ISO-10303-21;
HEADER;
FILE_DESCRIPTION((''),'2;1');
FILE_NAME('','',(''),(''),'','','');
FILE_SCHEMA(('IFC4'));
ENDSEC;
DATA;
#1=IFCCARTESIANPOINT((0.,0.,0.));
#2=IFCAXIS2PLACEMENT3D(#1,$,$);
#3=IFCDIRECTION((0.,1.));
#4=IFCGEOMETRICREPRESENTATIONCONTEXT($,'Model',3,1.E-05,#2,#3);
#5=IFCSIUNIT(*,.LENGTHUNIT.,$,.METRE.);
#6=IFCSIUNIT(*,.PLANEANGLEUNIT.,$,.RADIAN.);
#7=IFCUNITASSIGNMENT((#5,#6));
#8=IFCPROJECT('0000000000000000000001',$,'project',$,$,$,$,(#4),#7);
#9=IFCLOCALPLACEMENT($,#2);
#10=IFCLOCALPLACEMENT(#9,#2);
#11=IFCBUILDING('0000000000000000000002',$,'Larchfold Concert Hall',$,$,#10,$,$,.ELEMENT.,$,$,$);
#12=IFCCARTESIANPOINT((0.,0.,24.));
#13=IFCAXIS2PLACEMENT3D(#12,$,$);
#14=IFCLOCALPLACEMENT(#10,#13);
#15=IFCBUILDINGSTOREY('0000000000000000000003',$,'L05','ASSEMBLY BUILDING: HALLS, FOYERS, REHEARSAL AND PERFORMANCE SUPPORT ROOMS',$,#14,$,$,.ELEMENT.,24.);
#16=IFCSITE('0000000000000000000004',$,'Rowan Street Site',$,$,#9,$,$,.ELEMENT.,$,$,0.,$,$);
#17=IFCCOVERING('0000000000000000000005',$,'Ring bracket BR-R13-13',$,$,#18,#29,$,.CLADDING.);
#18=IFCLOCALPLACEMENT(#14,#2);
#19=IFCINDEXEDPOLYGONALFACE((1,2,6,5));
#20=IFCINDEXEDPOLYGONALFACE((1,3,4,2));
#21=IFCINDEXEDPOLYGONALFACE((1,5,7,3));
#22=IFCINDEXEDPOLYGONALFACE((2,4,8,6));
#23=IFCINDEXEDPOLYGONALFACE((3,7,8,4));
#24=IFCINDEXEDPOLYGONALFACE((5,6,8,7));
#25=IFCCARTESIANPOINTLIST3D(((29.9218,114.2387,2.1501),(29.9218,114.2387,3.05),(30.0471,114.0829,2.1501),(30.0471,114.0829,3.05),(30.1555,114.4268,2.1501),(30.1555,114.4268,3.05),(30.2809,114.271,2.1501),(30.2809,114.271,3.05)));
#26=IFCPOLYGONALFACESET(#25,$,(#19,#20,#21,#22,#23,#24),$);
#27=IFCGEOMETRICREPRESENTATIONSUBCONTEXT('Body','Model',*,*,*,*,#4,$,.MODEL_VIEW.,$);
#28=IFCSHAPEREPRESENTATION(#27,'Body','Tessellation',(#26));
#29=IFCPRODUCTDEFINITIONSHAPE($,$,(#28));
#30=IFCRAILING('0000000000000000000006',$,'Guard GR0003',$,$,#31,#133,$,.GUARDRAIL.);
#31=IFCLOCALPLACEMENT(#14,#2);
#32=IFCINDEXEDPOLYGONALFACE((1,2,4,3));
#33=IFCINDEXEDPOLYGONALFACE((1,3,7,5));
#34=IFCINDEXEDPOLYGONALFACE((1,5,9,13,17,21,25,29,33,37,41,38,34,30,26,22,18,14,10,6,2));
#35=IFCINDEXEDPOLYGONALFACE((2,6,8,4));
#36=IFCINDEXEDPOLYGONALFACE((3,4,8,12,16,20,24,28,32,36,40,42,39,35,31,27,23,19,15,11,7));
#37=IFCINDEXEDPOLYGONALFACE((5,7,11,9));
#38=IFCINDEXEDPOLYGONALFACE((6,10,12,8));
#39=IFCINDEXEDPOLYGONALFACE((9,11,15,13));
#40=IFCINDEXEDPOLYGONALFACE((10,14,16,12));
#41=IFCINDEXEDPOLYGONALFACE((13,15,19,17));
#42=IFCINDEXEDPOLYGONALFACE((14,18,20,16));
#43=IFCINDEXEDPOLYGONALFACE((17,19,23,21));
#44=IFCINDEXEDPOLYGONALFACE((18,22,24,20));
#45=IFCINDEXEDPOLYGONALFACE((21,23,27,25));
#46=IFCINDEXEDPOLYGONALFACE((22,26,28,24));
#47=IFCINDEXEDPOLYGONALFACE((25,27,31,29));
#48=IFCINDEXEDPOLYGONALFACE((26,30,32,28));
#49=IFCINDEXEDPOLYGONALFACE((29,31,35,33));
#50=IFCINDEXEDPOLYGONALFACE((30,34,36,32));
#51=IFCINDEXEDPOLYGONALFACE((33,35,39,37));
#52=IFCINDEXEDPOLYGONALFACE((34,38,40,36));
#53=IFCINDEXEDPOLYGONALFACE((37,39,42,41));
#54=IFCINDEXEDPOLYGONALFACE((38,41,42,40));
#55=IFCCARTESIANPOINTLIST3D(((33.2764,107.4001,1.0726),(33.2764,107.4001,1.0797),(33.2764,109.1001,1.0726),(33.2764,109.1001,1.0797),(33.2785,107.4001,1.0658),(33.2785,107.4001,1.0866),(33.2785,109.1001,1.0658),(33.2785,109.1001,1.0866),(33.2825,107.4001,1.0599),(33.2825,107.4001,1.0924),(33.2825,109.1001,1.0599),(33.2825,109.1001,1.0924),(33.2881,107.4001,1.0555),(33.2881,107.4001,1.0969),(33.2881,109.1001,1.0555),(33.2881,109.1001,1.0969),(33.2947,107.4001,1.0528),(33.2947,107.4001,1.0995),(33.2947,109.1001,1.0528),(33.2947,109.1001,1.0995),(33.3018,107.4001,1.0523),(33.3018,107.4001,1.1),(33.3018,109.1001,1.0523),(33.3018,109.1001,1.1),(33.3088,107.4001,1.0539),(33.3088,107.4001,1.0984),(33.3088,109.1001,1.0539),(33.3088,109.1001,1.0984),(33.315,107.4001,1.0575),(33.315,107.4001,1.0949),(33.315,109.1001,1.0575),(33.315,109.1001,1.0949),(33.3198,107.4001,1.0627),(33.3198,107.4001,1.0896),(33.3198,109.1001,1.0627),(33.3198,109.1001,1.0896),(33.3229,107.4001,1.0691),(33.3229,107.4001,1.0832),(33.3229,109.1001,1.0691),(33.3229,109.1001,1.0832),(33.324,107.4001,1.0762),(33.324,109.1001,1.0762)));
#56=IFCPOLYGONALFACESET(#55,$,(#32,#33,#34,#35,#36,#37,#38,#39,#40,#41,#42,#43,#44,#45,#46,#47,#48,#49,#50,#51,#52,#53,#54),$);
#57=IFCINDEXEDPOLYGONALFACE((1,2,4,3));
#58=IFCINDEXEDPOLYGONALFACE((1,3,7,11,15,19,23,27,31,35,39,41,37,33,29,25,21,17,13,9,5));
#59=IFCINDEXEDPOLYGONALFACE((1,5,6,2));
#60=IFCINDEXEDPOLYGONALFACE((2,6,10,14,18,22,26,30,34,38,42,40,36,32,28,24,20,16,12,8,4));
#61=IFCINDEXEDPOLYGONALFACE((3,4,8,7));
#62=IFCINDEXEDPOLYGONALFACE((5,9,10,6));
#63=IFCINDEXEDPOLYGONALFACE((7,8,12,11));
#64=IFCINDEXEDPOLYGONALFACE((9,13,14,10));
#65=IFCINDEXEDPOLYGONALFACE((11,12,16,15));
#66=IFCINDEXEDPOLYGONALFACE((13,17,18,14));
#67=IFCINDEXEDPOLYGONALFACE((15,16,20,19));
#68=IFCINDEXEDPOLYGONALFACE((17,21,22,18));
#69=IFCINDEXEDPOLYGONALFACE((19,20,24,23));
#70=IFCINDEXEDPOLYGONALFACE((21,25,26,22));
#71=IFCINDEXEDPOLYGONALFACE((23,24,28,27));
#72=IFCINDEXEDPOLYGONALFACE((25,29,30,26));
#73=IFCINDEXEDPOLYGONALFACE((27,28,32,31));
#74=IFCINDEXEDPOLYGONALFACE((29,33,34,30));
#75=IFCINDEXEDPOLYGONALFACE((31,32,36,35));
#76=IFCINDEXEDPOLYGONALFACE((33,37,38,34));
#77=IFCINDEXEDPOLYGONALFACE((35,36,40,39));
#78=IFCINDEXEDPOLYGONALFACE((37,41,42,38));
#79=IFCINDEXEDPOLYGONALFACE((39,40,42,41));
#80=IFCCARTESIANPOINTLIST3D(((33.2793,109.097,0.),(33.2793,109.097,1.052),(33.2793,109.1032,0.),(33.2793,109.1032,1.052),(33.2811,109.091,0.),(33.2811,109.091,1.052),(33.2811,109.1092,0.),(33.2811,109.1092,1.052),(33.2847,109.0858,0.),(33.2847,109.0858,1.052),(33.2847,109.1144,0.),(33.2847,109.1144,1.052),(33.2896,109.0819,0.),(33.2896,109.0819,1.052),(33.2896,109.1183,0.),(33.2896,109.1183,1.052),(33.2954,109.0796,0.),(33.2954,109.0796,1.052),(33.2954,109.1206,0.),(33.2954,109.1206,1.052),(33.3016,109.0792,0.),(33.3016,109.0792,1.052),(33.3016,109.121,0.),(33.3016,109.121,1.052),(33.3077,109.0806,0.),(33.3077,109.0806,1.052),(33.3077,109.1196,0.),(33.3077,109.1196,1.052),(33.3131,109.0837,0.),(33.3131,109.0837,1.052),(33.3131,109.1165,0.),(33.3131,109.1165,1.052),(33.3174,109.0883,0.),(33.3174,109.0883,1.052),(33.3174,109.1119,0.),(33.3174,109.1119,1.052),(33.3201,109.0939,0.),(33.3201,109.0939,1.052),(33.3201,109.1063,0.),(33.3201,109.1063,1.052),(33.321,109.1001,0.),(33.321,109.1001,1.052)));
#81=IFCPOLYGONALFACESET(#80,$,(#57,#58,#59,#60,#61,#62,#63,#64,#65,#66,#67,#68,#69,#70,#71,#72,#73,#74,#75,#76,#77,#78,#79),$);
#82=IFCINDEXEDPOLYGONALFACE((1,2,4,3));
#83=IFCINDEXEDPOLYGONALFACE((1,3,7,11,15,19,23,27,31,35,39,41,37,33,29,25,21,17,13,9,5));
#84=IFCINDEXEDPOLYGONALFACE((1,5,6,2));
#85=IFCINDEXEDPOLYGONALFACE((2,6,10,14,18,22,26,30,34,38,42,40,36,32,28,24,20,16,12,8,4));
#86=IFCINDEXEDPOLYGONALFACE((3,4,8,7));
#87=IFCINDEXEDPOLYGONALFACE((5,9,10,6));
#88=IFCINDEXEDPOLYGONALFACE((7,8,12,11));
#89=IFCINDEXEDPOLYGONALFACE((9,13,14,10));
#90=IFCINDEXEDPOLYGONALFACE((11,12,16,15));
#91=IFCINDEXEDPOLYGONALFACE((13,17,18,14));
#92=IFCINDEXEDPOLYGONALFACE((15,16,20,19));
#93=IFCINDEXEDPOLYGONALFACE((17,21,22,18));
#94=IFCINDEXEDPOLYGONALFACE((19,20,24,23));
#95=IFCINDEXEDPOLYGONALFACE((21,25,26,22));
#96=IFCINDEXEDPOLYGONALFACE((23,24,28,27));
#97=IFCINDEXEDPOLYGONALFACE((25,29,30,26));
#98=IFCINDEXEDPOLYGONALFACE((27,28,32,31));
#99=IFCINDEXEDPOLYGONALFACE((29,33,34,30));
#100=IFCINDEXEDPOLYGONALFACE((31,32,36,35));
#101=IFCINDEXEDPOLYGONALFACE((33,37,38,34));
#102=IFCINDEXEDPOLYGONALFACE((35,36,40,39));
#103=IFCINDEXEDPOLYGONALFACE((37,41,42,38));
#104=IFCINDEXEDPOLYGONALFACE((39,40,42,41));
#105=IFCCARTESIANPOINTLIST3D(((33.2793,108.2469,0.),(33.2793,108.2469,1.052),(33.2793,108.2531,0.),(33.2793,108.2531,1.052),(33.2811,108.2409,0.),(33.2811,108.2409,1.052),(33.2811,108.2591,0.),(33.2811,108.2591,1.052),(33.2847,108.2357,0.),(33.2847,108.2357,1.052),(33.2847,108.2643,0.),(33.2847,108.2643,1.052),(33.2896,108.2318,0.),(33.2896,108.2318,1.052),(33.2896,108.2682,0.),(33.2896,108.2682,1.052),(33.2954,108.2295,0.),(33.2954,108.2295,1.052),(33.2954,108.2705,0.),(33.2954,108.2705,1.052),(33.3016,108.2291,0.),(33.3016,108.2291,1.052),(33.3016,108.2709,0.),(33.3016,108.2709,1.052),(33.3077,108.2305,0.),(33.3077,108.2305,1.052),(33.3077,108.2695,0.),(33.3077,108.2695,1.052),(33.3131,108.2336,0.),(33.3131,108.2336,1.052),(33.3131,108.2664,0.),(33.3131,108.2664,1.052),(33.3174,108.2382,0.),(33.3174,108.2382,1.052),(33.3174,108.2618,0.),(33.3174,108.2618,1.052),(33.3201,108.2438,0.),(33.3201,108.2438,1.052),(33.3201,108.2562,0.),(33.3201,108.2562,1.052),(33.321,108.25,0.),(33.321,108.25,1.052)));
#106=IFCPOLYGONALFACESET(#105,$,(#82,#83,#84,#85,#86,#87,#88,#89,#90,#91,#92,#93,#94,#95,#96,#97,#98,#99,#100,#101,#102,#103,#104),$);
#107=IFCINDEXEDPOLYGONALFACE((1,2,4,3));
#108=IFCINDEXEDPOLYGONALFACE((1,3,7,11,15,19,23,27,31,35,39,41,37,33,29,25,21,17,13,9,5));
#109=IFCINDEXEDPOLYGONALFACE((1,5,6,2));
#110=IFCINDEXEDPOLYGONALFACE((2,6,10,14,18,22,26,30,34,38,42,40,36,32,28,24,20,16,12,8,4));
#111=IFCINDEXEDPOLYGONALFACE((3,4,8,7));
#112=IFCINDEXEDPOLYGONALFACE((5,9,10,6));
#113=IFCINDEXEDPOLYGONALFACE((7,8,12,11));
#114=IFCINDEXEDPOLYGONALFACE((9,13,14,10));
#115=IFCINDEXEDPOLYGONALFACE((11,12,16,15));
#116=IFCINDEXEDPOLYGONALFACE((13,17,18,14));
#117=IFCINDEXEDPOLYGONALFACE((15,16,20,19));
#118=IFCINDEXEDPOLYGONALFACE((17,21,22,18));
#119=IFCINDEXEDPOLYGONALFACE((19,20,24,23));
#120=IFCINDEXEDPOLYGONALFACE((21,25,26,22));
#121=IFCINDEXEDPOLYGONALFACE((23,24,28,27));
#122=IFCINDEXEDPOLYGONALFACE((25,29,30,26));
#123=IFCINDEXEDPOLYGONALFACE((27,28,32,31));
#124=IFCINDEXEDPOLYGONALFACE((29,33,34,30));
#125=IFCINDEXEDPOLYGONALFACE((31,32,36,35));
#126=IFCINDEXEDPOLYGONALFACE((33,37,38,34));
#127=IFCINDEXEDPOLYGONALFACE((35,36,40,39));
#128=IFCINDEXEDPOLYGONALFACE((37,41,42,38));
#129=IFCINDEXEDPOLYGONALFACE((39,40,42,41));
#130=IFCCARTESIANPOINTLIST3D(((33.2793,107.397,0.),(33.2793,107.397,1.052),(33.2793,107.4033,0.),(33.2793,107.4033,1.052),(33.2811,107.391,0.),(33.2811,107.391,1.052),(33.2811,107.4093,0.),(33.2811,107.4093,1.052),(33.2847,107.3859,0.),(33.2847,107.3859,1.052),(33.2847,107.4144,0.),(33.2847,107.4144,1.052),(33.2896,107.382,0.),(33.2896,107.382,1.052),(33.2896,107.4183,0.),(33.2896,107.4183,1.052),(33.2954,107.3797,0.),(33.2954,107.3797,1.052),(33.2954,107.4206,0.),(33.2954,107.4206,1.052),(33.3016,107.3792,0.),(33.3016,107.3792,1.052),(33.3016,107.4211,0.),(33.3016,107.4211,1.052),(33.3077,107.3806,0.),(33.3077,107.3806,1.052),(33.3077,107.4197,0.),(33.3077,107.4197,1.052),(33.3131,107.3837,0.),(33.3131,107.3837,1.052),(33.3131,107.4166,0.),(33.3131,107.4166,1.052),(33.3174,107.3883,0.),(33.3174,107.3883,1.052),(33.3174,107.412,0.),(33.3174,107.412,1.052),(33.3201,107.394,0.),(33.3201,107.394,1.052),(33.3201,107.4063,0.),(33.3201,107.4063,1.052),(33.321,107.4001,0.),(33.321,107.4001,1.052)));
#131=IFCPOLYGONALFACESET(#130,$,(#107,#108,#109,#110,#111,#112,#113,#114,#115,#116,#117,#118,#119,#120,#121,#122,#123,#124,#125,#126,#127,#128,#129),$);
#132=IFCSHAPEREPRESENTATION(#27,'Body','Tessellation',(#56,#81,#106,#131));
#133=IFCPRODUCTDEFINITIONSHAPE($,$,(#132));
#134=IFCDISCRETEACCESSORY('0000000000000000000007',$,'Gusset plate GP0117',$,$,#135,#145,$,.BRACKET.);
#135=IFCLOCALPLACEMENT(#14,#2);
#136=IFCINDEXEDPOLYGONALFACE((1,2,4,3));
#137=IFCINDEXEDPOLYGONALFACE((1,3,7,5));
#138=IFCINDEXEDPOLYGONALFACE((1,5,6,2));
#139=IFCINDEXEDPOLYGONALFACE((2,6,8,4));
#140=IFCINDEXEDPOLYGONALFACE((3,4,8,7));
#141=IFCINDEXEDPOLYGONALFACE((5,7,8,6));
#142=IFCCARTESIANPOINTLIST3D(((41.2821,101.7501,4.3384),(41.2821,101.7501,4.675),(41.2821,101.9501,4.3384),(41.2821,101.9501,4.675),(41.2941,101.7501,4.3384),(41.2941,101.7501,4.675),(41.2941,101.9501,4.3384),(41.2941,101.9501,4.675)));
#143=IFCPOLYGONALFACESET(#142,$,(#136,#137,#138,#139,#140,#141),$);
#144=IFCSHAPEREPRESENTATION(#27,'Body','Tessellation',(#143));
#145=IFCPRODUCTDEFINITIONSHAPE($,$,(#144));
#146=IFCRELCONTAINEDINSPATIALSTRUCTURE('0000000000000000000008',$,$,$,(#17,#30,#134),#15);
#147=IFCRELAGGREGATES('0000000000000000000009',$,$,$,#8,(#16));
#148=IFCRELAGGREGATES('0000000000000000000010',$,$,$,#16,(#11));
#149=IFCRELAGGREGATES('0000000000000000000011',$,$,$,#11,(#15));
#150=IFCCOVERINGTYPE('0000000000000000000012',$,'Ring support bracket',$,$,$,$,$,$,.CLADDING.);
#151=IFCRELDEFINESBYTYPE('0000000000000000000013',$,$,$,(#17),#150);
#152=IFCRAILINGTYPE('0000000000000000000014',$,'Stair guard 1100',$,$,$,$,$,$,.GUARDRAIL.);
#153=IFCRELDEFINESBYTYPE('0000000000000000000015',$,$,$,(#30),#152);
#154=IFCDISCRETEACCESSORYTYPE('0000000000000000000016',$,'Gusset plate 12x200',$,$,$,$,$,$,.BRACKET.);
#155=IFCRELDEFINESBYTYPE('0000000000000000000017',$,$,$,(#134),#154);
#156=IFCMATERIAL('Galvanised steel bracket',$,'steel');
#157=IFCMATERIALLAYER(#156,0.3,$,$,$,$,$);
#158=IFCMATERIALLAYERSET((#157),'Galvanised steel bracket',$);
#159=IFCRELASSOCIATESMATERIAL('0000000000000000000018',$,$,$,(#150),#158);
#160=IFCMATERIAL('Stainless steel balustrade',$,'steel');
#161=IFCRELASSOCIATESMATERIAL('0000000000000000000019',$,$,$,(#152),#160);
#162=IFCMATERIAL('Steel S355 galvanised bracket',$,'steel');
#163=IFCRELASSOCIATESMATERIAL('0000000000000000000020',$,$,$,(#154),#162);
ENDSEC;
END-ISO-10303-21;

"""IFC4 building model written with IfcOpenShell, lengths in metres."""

from ifc_helpers import new_model, si_unit, direction, frame, origin, origin_2d, place, context, subcontext, project, spatial, rectangle, circle, extrude, material, layer, layer_set, material_profile, profile_set, type_object, element, save


model = new_model("IFC4")

# Units and contexts
model_context = context("Model", 3, precision=1e-05, world=origin(), true_north=direction((0.0, 1.0)))
body_context = subcontext(model_context, "Body", "Model", "MODEL_VIEW")
ifc_project = project(units=[si_unit("LENGTHUNIT", "METRE"), si_unit("PLANEANGLEUNIT", "RADIAN")], contexts=[model_context])

# Site, building, storey
site_placement = place(None, origin())
site = spatial("IfcSite", under=ifc_project, at=site_placement, Name="Rowan Street Site", CompositionType="ELEMENT", RefElevation=0.0)
building_placement = place(site_placement, origin())
building = spatial("IfcBuilding", under=site, at=building_placement, Name="Larchfold Concert Hall", CompositionType="ELEMENT")
storey_placement = place(building_placement, frame((0.0, 0.0, 24.0)))
storey = spatial("IfcBuildingStorey", under=building, at=storey_placement, Name="L05", Description="ASSEMBLY BUILDING: HALLS, FOYERS, REHEARSAL AND PERFORMANCE SUPPORT ROOMS", CompositionType="ELEMENT", Elevation=24.0)

# Covering
ifc_material_1 = material(Name="Galvanised steel bracket", Category="steel")
ifc_layer_1 = layer(ifc_material_1, 0.3)
ifc_layer_set_1 = layer_set([ifc_layer_1], Name="Galvanised steel bracket")
covering_type = type_object("IfcCoveringType", Name="Ring support bracket", PredefinedType="CLADDING", material=ifc_layer_set_1)
for number, where, z_axis, x_axis, name in (
    (1, (30.1013, 114.2549, 2.1501), (0.0, 0.0, 1.0), (-0.626933, 0.779073, 0.0), "Ring bracket BR-R13-13"),
):
    element("IfcCovering", number, at=place(storey_placement, frame(where, z_axis=z_axis, x_axis=x_axis)), inside=storey, type_object=covering_type, Name=name, PredefinedType="CLADDING", context=body_context, shape_type="SweptSolid", body=[
        extrude(rectangle(XDim=0.2, YDim=0.3, at=origin_2d()), origin(), (0.0, 0.0, 1.0), 0.8999),
    ])

# Railing
ifc_material_2 = material(Name="Stainless steel balustrade", Category="steel")
railing_type = type_object("IfcRailingType", Name="Stair guard 1100", PredefinedType="GUARDRAIL", material=ifc_material_2)
railing_placement = place(storey_placement, frame((33.3, 109.1001, 0.0)))
element("IfcRailing", 2, at=railing_placement, inside=storey, type_object=railing_type, Name="Guard GR0003", PredefinedType="GUARDRAIL", context=body_context, shape_type="SweptSolid", body=[
    extrude(circle(Radius=0.0239, at=origin_2d()), frame((0.0, 0.0, 1.0762), z_axis=(0.0, -1.0, 0.0), x_axis=(1.0, 0.0, 0.0)), (0.0, 0.0, 1.0), 1.7),
    extrude(circle(Radius=0.021, at=origin_2d()), origin(), (0.0, 0.0, 1.0), 1.052),
    extrude(circle(Radius=0.021, at=origin_2d()), frame((0.0, -0.8501, 0.0)), (0.0, 0.0, 1.0), 1.052),
    extrude(circle(Radius=0.021, at=origin_2d()), frame((0.0, -1.7, 0.0)), (0.0, 0.0, 1.0), 1.052),
])

# Discrete accessory
ifc_material_3 = material(Name="Steel S355 galvanised bracket", Category="steel")
ifc_material_profile_1 = material_profile(ifc_material_3, rectangle(XDim=0.012, YDim=0.2, at=origin_2d()))
ifc_profile_set_1 = profile_set([ifc_material_profile_1], Name="Steel S355 galvanised bracket")
discrete_accessory_type = type_object("IfcDiscreteAccessoryType", Name="Gusset plate 12x200", PredefinedType="BRACKET", material=ifc_profile_set_1)
discrete_accessory_placement = place(storey_placement, frame((41.2881, 101.8501, 4.3384), z_axis=(0.0, 0.0, 1.0), x_axis=(1.0, 0.0, 0.0)))
element("IfcDiscreteAccessory", 3, at=discrete_accessory_placement, inside=storey, type_object=discrete_accessory_type, Name="Gusset plate GP0117", PredefinedType="BRACKET", context=body_context, shape_type="SweptSolid", body=[
    extrude(rectangle(XDim=0.012, YDim=0.2, at=origin_2d()), origin(), (0.0, 0.0, 1.0), 0.3367),
])

save(model, "model.ifc")
